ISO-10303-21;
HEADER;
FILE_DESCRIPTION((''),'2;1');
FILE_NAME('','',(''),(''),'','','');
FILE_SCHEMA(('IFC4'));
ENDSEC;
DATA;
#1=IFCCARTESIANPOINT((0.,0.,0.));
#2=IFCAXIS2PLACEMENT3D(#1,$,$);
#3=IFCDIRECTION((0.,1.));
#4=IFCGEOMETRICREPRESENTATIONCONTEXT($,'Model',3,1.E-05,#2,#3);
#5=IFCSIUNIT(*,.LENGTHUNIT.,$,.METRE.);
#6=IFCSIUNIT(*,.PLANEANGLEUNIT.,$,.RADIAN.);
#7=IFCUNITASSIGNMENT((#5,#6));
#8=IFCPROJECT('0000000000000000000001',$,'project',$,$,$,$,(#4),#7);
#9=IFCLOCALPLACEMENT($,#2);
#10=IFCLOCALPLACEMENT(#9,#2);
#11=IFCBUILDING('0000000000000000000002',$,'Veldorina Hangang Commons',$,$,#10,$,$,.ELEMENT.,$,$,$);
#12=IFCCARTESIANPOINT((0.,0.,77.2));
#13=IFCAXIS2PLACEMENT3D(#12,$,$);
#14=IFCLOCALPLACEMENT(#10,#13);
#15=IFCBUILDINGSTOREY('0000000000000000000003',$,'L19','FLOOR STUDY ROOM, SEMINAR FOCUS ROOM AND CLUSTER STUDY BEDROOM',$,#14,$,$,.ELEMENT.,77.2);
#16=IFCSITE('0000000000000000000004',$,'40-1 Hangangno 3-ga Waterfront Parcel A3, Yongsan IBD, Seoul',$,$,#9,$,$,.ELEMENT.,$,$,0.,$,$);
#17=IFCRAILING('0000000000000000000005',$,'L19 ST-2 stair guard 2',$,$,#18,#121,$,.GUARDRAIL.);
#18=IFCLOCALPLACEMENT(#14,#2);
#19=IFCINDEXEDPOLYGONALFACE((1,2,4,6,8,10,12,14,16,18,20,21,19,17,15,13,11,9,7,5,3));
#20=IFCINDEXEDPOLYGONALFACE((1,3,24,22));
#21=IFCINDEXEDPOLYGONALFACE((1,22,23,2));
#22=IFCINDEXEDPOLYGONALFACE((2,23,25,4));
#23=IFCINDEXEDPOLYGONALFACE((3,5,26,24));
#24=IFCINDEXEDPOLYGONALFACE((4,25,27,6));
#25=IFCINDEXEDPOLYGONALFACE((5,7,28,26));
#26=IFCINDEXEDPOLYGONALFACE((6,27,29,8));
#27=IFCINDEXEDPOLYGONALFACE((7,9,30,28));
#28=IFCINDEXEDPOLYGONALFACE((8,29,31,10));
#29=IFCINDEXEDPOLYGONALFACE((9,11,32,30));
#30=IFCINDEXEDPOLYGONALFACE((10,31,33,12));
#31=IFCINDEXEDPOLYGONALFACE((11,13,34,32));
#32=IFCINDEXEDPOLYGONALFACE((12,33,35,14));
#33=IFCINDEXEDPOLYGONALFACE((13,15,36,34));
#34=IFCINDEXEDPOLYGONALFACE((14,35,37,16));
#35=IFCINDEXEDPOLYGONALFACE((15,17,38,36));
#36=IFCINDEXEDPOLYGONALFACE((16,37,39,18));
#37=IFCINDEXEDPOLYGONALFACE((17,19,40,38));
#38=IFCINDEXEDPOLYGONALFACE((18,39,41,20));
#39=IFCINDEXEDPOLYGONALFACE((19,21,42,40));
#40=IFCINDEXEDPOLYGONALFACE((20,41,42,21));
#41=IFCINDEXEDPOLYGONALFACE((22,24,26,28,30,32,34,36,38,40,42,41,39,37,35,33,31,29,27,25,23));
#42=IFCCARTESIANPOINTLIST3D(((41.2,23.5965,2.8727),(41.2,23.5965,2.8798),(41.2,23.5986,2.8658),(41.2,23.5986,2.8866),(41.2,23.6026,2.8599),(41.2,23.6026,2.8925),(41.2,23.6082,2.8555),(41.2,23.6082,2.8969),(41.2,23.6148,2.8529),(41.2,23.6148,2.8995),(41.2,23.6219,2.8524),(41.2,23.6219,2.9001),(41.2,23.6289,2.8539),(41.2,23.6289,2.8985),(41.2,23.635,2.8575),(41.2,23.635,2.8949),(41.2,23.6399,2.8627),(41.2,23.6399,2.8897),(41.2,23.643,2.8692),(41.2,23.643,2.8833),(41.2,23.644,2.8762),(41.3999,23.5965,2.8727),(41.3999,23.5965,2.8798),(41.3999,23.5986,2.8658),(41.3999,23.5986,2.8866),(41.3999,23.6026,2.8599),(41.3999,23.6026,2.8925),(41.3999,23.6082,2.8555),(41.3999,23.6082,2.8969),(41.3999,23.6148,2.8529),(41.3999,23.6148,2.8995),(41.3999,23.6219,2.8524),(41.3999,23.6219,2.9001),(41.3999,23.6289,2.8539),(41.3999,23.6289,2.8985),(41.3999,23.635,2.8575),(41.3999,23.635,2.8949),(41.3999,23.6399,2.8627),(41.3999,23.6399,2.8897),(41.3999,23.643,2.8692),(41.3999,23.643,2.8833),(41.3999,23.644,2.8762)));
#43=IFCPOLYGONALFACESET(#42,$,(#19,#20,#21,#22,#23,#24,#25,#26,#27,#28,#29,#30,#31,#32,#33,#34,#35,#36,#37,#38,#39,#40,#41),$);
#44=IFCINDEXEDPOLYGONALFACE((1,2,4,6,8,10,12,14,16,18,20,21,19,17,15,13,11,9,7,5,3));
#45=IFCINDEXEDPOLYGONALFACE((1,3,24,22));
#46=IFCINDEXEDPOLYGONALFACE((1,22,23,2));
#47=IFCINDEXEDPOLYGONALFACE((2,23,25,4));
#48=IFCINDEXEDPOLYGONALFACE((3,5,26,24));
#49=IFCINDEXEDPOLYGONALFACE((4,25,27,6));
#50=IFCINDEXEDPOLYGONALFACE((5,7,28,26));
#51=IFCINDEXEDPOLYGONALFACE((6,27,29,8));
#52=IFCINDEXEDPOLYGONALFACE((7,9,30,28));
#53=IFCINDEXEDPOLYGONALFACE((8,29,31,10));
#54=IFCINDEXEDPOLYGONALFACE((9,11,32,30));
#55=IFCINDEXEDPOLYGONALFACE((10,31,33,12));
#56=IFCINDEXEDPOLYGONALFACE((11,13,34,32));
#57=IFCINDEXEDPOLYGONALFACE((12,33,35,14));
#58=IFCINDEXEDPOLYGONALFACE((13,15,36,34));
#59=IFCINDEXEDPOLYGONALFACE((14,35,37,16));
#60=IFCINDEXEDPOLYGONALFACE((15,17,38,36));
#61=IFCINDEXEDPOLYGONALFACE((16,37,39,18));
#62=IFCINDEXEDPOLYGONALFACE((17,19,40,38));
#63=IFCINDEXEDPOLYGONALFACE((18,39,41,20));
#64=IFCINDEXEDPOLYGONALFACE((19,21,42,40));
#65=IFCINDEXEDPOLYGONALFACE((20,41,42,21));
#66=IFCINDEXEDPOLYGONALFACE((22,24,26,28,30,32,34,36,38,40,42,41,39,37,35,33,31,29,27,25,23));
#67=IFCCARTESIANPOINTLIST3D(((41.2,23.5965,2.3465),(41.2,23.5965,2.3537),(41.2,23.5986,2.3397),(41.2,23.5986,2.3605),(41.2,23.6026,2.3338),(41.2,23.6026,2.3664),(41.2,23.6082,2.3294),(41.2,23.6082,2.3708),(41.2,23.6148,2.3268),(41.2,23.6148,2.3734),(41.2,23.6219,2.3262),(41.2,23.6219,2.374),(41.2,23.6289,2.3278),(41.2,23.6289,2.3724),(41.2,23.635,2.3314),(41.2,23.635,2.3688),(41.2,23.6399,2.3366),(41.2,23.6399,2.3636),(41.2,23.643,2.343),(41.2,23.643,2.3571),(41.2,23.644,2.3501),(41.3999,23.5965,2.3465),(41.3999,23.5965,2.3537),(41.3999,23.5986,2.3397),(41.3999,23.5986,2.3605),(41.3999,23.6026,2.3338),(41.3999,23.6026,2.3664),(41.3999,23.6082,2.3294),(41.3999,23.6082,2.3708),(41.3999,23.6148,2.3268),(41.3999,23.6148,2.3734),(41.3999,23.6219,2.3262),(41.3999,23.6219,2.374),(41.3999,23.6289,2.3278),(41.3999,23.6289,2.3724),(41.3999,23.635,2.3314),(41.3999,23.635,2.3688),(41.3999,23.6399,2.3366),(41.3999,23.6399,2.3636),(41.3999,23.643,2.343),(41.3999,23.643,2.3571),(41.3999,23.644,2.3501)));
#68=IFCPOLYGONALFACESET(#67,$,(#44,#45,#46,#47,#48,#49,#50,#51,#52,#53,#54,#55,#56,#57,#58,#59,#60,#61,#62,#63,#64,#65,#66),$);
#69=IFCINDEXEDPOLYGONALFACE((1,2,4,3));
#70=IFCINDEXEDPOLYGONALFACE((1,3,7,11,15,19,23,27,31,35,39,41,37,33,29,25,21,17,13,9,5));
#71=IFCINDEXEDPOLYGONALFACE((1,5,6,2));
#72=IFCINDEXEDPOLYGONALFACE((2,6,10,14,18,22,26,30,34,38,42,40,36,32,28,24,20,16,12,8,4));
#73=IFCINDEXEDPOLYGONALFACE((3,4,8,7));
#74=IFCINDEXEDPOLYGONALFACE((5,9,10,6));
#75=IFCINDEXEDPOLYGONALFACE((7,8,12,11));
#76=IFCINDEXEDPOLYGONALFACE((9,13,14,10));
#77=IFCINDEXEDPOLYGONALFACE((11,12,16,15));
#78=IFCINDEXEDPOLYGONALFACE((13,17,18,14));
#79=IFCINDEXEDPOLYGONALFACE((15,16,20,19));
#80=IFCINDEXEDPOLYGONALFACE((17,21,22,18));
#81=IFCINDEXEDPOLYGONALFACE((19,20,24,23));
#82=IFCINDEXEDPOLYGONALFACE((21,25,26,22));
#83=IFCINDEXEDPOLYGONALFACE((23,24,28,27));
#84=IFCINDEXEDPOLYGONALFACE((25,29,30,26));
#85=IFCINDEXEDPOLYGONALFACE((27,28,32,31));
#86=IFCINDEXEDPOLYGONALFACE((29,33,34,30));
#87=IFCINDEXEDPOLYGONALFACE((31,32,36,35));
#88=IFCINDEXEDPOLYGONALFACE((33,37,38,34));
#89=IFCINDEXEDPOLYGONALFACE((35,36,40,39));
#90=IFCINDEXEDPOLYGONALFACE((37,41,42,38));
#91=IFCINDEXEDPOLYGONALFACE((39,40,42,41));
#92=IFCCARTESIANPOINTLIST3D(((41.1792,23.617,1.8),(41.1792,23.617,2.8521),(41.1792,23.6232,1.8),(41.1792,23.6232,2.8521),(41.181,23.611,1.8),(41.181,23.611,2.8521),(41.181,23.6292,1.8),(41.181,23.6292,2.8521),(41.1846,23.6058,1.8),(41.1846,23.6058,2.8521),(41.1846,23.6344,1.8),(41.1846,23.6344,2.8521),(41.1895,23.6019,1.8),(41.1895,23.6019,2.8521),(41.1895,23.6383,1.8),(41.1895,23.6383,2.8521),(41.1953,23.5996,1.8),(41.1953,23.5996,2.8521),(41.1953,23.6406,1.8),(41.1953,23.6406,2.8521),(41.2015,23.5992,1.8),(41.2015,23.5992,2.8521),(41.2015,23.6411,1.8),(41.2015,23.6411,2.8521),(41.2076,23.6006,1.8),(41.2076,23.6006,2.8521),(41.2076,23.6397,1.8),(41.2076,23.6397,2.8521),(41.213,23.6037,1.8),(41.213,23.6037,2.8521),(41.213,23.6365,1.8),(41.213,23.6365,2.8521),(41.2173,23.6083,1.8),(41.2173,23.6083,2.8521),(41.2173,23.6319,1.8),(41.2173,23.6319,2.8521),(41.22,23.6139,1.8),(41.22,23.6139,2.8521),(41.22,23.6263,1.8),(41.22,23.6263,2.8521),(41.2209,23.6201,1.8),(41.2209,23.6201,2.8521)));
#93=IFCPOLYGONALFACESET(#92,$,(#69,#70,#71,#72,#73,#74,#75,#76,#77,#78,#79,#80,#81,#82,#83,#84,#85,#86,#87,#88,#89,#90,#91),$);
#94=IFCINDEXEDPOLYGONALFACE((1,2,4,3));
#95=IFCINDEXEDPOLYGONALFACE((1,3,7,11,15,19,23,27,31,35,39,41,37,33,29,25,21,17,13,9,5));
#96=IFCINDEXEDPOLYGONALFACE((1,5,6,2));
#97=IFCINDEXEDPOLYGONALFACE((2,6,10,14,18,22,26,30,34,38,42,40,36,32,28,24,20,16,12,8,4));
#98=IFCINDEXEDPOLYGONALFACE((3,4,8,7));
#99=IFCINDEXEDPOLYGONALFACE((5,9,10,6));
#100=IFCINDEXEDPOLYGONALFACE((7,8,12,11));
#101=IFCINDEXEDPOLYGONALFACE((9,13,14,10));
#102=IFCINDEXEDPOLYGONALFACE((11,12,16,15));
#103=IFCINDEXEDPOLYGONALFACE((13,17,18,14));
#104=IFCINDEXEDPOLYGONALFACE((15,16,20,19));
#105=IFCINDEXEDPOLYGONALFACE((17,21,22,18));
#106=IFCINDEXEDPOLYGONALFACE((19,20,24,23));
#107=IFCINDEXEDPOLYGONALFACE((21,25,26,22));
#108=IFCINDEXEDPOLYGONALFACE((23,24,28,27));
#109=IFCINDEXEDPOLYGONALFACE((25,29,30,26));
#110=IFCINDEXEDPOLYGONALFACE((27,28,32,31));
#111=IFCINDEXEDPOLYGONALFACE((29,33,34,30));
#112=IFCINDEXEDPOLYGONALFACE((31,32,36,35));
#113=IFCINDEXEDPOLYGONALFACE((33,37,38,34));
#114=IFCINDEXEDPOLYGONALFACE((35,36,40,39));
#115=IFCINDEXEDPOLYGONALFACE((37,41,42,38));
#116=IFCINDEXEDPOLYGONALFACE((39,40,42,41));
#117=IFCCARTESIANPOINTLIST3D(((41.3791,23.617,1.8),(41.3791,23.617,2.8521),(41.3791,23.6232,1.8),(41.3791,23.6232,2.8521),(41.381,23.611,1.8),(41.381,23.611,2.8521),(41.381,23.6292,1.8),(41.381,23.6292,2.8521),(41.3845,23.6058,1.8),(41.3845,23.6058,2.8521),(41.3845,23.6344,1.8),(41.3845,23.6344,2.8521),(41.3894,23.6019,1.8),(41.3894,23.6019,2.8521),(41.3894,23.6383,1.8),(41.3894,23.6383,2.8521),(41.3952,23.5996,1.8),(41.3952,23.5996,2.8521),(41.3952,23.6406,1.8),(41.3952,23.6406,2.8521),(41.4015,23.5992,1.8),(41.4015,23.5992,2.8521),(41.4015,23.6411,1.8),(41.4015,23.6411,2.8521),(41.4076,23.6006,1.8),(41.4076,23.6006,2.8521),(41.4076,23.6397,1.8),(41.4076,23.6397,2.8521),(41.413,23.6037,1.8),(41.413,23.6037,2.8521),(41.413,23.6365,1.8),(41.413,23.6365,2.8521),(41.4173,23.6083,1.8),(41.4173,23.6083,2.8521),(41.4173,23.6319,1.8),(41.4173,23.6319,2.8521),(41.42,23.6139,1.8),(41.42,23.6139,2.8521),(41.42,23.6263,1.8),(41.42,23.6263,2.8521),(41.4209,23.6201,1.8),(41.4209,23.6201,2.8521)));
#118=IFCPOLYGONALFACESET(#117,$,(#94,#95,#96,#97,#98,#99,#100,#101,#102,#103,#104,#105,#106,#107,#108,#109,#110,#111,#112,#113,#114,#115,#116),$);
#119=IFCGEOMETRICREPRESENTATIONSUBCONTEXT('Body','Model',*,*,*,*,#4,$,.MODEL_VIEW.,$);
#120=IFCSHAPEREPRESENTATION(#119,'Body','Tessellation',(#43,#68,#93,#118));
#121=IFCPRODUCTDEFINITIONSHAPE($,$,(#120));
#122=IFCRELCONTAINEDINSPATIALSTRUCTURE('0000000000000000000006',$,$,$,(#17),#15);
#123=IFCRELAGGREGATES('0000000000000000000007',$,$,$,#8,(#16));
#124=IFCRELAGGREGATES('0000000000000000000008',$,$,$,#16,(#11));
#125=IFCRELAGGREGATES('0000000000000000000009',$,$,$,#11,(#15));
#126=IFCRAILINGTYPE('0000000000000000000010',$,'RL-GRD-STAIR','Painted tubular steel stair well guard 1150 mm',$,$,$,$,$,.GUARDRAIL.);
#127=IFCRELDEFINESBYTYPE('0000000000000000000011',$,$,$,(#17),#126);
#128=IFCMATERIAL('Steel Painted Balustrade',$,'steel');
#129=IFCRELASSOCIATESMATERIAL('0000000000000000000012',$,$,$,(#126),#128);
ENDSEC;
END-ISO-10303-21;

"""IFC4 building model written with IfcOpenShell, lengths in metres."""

from ifc_helpers import new_model, si_unit, direction, frame, origin, origin_2d, place, context, subcontext, project, spatial, circle, extrude, material, type_object, element, save


model = new_model("IFC4")

# Units and contexts
model_context = context("Model", 3, precision=1e-05, world=origin(), true_north=direction((0.0, 1.0)))
body_context = subcontext(model_context, "Body", "Model", "MODEL_VIEW")
ifc_project = project(units=[si_unit("LENGTHUNIT", "METRE"), si_unit("PLANEANGLEUNIT", "RADIAN")], contexts=[model_context])

# Site, building, storey
site_placement = place(None, origin())
site = spatial("IfcSite", under=ifc_project, at=site_placement, Name="40-1 Hangangno 3-ga Waterfront Parcel A3, Yongsan IBD, Seoul", CompositionType="ELEMENT", RefElevation=0.0)
building_placement = place(site_placement, origin())
building = spatial("IfcBuilding", under=site, at=building_placement, Name="Veldorina Hangang Commons", CompositionType="ELEMENT")
storey_placement = place(building_placement, frame((0.0, 0.0, 77.2)))
storey = spatial("IfcBuildingStorey", under=building, at=storey_placement, Name="L19", Description="FLOOR STUDY ROOM, SEMINAR FOCUS ROOM AND CLUSTER STUDY BEDROOM", CompositionType="ELEMENT", Elevation=77.2)

# Railing
ifc_material_1 = material(Name="Steel Painted Balustrade", Category="steel")
railing_type_1 = type_object("IfcRailingType", Name="RL-GRD-STAIR", Description="Painted tubular steel stair well guard 1150 mm", PredefinedType="GUARDRAIL", material=ifc_material_1)
railing_1_placement = place(storey_placement, frame((41.2, 23.6201, 1.8)))
element("IfcRailing", 1, at=railing_1_placement, inside=storey, type_object=railing_type_1, Name="L19 ST-2 stair guard 2", PredefinedType="GUARDRAIL", context=body_context, shape_type="SweptSolid", body=[
    extrude(circle(Radius=0.0239, at=origin_2d()), frame((0.0, 0.0, 1.0762), z_axis=(1.0, 0.0, 0.0), x_axis=(0.0, 1.0, 0.0)), (0.0, 0.0, 1.0), 0.2),
    extrude(circle(Radius=0.0239, at=origin_2d()), frame((0.0, 0.0, 0.55), z_axis=(1.0, 0.0, 0.0), x_axis=(0.0, 1.0, 0.0)), (0.0, 0.0, 1.0), 0.2),
    extrude(circle(Radius=0.021, at=origin_2d()), origin(), (0.0, 0.0, 1.0), 1.052),
    extrude(circle(Radius=0.021, at=origin_2d()), frame((0.2, 0.0, 0.0)), (0.0, 0.0, 1.0), 1.052),
])

save(model, "model.ifc")
